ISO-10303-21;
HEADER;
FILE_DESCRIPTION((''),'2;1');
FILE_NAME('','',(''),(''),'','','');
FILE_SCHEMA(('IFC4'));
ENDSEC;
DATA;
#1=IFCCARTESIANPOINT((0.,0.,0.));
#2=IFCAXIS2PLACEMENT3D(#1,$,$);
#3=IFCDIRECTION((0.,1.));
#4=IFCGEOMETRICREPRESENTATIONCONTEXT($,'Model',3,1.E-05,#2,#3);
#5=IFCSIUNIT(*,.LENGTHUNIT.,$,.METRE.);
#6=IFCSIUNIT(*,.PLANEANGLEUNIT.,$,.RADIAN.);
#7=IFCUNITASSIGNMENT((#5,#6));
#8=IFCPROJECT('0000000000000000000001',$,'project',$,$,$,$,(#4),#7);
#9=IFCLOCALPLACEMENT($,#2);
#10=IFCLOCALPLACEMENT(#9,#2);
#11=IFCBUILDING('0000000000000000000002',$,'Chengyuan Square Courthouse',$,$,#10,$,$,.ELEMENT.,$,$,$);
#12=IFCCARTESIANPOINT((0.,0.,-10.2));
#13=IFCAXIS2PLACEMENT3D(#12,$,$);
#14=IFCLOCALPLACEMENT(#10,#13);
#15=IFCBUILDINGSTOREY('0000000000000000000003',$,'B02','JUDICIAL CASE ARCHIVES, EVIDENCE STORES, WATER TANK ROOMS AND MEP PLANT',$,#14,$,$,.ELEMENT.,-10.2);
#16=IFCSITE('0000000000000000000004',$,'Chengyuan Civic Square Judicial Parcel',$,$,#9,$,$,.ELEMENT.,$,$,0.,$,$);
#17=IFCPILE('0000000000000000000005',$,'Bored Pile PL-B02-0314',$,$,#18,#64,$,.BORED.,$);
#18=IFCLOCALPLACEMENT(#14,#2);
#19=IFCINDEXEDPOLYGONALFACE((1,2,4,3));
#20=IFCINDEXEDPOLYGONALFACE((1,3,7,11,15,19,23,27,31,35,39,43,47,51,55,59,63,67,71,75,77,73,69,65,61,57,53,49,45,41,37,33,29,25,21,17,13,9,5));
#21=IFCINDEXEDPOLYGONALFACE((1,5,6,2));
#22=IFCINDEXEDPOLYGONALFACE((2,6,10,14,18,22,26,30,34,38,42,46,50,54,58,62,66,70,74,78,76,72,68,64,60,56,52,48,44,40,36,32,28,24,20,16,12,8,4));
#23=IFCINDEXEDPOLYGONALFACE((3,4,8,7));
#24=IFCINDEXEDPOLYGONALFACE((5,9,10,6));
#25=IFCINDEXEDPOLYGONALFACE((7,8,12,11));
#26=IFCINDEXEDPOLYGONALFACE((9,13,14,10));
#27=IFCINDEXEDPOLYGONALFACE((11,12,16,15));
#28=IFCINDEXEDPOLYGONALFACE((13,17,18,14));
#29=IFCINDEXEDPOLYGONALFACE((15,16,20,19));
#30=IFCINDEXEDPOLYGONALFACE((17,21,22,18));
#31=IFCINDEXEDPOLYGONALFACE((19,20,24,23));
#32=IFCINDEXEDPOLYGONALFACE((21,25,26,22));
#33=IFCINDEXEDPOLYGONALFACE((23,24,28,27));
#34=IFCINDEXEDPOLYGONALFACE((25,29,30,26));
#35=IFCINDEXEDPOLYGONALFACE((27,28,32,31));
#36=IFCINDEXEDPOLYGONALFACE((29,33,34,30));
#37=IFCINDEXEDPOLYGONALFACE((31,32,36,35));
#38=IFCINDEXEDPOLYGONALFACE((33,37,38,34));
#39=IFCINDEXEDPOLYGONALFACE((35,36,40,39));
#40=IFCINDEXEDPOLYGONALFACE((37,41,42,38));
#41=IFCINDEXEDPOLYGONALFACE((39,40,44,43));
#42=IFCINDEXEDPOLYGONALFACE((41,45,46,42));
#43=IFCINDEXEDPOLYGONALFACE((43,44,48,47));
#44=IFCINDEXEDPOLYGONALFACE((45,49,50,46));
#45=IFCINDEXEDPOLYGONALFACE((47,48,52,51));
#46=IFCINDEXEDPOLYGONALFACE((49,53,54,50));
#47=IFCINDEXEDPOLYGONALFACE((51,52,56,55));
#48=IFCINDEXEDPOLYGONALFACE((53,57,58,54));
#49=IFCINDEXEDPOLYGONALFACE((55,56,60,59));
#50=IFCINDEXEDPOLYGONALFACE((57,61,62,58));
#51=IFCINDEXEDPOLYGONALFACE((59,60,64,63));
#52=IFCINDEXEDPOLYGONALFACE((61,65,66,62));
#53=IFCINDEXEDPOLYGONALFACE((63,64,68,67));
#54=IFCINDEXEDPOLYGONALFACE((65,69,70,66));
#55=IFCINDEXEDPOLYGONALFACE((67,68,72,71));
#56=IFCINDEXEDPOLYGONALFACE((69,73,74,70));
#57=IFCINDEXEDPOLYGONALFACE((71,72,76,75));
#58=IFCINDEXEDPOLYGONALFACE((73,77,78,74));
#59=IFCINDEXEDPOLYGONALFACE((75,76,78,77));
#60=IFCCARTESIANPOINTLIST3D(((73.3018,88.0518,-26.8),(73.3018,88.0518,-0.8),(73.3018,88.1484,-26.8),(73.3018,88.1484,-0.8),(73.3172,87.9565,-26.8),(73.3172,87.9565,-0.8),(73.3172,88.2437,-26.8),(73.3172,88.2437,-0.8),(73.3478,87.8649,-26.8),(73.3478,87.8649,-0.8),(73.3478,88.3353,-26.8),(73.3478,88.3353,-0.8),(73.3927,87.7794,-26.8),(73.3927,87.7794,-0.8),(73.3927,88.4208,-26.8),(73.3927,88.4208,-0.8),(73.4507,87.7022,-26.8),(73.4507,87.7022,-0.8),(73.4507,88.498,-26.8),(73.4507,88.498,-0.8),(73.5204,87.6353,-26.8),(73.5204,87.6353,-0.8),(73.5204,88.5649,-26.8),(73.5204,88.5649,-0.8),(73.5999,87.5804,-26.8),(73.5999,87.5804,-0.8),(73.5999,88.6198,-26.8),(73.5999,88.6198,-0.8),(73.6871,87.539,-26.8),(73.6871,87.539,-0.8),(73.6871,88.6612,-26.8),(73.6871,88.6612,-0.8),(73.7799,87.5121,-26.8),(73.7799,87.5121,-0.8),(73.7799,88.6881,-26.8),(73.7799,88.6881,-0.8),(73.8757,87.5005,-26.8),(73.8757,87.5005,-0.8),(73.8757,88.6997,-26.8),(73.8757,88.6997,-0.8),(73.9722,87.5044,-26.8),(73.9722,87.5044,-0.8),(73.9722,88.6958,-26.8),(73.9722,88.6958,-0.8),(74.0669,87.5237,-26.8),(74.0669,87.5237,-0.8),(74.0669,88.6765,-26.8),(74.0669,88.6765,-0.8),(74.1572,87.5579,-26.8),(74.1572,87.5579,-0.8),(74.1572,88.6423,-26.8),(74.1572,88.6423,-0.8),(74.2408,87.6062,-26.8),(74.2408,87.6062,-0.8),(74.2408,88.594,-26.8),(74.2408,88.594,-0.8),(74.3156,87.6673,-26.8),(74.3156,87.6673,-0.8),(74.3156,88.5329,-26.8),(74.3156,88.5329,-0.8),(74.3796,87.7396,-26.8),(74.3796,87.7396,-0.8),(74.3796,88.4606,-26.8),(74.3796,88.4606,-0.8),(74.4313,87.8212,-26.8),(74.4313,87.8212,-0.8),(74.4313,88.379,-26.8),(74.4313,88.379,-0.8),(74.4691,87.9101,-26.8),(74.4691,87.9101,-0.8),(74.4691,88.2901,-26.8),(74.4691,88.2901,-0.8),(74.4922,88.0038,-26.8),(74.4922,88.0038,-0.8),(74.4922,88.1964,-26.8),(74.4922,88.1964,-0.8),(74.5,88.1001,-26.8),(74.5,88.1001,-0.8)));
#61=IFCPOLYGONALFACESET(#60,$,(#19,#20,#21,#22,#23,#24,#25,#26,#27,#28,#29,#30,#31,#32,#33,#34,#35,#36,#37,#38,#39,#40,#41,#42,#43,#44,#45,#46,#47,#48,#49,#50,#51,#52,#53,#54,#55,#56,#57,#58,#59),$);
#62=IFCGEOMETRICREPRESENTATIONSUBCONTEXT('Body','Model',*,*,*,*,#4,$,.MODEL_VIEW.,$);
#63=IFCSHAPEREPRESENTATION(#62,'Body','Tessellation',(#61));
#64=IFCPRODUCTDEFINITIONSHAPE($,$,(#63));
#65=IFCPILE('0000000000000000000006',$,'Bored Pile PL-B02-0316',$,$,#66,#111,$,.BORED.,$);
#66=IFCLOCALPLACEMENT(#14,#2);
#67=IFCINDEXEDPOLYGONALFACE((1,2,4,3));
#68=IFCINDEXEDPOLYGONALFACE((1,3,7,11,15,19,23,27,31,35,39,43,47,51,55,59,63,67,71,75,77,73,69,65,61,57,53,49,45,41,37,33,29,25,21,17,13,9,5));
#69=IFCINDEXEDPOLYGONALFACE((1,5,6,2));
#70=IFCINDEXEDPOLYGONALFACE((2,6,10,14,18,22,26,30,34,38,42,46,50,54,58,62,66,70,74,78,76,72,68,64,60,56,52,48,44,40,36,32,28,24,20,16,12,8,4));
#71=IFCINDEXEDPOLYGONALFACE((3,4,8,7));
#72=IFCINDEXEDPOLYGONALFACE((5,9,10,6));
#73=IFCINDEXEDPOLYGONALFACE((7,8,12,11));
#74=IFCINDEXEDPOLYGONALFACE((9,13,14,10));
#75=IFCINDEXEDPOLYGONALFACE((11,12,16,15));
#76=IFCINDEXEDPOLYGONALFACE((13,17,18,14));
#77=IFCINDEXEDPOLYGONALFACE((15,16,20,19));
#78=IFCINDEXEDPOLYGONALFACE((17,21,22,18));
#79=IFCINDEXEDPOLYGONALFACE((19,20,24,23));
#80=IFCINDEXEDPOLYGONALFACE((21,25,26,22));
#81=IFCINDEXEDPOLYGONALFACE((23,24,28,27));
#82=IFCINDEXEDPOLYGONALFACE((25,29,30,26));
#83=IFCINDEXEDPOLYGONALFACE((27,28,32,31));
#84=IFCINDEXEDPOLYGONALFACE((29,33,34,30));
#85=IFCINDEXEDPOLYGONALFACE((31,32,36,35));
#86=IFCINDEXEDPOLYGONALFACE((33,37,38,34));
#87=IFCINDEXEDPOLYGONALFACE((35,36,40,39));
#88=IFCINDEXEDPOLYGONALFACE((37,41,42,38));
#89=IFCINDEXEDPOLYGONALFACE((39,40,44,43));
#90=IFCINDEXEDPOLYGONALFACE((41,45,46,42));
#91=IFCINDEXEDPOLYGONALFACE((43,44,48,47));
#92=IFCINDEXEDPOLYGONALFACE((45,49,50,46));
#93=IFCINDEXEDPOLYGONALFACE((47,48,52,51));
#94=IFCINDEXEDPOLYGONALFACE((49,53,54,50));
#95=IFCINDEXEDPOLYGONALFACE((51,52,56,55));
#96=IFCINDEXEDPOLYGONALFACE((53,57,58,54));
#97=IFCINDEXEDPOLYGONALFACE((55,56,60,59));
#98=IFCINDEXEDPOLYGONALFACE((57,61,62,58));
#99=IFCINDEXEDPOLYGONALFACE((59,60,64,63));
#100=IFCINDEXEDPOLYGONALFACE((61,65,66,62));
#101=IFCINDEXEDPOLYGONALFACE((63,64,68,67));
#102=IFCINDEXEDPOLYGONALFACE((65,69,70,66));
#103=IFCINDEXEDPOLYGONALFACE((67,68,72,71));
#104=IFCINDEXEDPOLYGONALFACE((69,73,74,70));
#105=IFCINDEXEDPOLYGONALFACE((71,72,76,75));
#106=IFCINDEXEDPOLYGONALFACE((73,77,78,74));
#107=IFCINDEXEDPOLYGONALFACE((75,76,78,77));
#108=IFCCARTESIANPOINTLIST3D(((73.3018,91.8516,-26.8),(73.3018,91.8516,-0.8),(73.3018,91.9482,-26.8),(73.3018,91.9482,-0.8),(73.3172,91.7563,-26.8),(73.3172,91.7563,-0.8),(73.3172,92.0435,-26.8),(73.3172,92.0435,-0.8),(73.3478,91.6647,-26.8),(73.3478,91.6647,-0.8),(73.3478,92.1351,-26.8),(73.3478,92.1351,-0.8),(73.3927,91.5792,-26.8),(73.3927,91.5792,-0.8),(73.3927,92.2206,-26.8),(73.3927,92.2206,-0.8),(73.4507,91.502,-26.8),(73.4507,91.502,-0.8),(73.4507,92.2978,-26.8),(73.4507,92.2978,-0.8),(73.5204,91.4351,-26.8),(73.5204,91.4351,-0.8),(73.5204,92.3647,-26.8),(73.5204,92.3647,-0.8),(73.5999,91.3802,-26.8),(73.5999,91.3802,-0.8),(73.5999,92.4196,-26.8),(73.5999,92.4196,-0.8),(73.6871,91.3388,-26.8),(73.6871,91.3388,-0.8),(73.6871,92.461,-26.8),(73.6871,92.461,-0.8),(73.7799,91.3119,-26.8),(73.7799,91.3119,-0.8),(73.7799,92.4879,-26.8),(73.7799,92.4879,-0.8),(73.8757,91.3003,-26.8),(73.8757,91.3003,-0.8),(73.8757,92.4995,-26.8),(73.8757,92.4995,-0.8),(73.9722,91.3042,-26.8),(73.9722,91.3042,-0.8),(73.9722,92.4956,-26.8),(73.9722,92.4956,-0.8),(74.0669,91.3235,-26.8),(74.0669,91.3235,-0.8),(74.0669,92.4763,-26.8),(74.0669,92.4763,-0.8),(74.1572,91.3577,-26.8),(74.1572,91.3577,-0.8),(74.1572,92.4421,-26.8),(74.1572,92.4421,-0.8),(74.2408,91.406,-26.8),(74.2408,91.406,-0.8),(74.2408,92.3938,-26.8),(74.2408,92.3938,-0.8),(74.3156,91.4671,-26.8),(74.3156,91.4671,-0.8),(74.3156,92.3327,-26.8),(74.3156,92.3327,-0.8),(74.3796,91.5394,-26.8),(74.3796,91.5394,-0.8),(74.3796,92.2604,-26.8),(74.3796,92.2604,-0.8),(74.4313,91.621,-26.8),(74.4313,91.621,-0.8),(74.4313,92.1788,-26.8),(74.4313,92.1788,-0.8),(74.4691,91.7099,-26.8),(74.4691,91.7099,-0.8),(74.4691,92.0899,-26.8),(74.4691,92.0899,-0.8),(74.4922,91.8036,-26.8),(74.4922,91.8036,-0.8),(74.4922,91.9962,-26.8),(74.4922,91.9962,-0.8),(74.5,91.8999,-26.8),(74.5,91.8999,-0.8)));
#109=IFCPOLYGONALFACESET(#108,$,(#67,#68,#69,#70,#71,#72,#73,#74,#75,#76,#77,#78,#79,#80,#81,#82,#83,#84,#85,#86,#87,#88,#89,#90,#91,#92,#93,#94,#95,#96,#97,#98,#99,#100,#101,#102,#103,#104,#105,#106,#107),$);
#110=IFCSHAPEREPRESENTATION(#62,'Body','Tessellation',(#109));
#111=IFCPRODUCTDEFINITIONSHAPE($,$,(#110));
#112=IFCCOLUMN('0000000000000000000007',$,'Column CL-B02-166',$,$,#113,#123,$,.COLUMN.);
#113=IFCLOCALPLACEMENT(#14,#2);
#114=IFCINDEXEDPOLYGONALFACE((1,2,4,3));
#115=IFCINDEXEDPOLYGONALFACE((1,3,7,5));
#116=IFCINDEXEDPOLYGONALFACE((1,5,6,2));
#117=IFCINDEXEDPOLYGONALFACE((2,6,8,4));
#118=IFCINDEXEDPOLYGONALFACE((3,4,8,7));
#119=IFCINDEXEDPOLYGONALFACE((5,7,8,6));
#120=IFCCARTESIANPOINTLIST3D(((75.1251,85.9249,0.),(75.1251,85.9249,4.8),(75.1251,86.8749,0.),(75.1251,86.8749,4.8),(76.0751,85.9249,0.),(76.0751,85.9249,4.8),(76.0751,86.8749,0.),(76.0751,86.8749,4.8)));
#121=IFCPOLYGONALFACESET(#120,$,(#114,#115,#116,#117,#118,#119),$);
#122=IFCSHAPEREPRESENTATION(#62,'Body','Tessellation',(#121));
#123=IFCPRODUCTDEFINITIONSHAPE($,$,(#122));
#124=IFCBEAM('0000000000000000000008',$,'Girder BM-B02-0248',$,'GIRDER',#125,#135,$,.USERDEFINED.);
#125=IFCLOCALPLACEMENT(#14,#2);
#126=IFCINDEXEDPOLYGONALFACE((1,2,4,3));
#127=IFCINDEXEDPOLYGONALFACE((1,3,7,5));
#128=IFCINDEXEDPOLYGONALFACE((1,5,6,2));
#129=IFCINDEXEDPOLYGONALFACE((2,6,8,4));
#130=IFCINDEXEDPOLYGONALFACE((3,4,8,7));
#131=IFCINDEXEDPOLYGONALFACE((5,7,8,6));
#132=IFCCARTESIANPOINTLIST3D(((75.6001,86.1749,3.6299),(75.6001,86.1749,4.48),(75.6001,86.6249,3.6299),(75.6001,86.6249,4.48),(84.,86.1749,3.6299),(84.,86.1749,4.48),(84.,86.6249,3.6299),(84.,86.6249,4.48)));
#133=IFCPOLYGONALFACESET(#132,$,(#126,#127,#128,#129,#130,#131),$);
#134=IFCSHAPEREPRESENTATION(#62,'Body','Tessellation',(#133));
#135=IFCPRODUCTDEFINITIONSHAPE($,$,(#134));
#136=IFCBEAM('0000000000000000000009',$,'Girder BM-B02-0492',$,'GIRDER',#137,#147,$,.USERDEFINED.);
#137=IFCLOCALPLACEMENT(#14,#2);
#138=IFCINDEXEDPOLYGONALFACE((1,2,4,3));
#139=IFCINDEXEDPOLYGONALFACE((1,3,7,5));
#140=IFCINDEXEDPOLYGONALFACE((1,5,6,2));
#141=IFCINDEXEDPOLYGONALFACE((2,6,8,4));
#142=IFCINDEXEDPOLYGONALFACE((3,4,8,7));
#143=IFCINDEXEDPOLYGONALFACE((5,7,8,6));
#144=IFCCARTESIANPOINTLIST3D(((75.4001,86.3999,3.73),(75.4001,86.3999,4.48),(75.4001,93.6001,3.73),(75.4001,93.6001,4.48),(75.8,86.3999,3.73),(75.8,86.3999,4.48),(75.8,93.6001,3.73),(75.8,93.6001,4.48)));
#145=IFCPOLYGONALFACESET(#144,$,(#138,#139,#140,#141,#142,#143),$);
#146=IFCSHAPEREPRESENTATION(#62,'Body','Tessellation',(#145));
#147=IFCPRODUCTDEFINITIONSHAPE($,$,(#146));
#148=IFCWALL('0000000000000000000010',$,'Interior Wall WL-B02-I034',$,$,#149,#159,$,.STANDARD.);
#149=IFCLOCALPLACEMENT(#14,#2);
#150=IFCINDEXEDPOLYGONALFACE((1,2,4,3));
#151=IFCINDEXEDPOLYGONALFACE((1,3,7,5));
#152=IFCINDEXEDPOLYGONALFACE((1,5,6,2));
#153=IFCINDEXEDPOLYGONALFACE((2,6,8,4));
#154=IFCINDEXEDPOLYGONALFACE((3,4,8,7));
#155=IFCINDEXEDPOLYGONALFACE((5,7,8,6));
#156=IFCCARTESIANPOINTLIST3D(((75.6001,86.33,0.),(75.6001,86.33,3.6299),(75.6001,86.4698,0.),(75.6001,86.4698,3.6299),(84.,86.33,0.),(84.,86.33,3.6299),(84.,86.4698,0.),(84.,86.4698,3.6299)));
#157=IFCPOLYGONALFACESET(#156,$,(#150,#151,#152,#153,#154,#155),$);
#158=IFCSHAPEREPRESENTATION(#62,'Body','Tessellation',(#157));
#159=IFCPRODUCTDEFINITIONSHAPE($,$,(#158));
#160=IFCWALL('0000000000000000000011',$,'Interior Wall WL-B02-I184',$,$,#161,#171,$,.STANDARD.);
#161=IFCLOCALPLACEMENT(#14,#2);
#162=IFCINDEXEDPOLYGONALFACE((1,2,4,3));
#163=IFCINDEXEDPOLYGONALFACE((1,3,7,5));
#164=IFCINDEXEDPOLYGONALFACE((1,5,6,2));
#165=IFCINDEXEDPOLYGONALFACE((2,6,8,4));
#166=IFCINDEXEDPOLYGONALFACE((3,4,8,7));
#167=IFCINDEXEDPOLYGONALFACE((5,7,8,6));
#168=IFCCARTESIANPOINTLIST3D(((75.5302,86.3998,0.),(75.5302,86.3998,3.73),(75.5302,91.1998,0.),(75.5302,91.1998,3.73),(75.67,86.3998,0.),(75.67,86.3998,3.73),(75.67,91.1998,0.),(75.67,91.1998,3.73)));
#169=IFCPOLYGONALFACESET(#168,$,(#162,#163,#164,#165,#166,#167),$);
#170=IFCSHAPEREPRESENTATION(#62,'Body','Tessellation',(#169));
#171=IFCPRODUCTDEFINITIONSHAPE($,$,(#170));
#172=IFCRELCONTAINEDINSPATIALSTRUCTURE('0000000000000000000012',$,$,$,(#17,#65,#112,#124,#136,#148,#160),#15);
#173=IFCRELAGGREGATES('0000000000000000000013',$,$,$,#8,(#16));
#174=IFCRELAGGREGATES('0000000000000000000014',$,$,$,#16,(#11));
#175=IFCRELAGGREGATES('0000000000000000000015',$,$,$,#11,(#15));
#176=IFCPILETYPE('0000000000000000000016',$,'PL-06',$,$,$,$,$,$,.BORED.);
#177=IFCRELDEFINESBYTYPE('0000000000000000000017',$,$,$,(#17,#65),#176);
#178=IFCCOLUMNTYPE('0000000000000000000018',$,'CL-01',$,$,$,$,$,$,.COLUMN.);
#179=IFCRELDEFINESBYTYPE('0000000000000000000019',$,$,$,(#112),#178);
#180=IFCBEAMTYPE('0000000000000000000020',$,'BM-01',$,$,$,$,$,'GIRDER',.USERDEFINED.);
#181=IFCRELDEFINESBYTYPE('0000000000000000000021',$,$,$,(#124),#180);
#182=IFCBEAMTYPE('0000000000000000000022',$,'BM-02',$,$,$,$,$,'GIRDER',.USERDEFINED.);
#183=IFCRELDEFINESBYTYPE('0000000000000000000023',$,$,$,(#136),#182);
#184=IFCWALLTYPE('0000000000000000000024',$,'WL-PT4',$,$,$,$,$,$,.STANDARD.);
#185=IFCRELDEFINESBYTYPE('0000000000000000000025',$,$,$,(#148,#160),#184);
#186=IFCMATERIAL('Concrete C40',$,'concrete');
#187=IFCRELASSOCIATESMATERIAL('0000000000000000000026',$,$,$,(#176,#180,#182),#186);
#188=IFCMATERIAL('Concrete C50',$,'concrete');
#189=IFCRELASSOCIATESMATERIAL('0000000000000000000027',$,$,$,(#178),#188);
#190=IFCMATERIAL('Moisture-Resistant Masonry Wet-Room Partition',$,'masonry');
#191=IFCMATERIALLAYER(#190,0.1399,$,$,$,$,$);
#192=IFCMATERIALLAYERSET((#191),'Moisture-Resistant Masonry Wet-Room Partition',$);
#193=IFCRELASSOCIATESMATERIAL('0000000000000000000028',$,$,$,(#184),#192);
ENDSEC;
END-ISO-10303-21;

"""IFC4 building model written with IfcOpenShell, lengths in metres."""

from ifc_helpers import new_model, si_unit, direction, frame, frame_2d, origin, origin_2d, place, context, subcontext, project, spatial, rectangle, circle, extrude, material, layer, layer_set, material_profile, profile_set, type_object, element, save


model = new_model("IFC4")

# Units and contexts
model_context = context("Model", 3, precision=1e-05, world=origin(), true_north=direction((0.0, 1.0)))
body_context = subcontext(model_context, "Body", "Model", "MODEL_VIEW")
ifc_project = project(units=[si_unit("LENGTHUNIT", "METRE"), si_unit("PLANEANGLEUNIT", "RADIAN")], contexts=[model_context])

# Site, building, storey
site_placement = place(None, origin())
site = spatial("IfcSite", under=ifc_project, at=site_placement, Name="Chengyuan Civic Square Judicial Parcel", CompositionType="ELEMENT", RefElevation=0.0)
building_placement = place(site_placement, origin())
building = spatial("IfcBuilding", under=site, at=building_placement, Name="Chengyuan Square Courthouse", CompositionType="ELEMENT")
storey_placement = place(building_placement, frame((0.0, 0.0, -10.2)))
storey = spatial("IfcBuildingStorey", under=building, at=storey_placement, Name="B02", Description="JUDICIAL CASE ARCHIVES, EVIDENCE STORES, WATER TANK ROOMS AND MEP PLANT", CompositionType="ELEMENT", Elevation=-10.2)

# Shared definitions
ifc_material_1 = material(Name="Concrete C40", Category="concrete")

# Piles
ifc_material_profile_1 = material_profile(ifc_material_1, circle(Radius=0.6001, at=origin_2d()), Name="BORED PILE D1200")
ifc_profile_set_1 = profile_set([ifc_material_profile_1], Name="Concrete C40")
pile_type = type_object("IfcPileType", Name="PL-06", PredefinedType="BORED", material=ifc_profile_set_1)
for number, where, z_axis, x_axis, name in (
    (1, (73.8999, 88.1001, -0.8), (0.0, 0.0, -1.0), (1.0, 0.0, 0.0), "Bored Pile PL-B02-0314"),
    (2, (73.8999, 91.8999, -0.8), (0.0, 0.0, -1.0), (1.0, 0.0, 0.0), "Bored Pile PL-B02-0316"),
):
    element("IfcPile", number, at=place(storey_placement, frame(where, z_axis=z_axis, x_axis=x_axis)), inside=storey, type_object=pile_type, Name=name, PredefinedType="BORED", context=body_context, shape_type="SweptSolid", body=[
        extrude(circle(Radius=0.6001, at=origin_2d()), origin(), (0.0, 0.0, 1.0), 26.0),
    ])

# Column
ifc_material_2 = material(Name="Concrete C50", Category="concrete")
ifc_material_profile_2 = material_profile(ifc_material_2, rectangle(XDim=0.95, YDim=0.95, at=origin_2d()), Name="RC-COL-950x950")
ifc_profile_set_2 = profile_set([ifc_material_profile_2], Name="Concrete C50")
column_type = type_object("IfcColumnType", Name="CL-01", PredefinedType="COLUMN", material=ifc_profile_set_2)
column_placement = place(storey_placement, frame((75.6001, 86.3999, 0.0), z_axis=(0.0, 0.0, 1.0), x_axis=(1.0, 0.0, 0.0)))
element("IfcColumn", 3, at=column_placement, inside=storey, type_object=column_type, Name="Column CL-B02-166", PredefinedType="COLUMN", context=body_context, shape_type="SweptSolid", body=[
    extrude(rectangle(XDim=0.95, YDim=0.95, at=origin_2d()), origin(), (0.0, 0.0, 1.0), 4.8),
])

# Beams
ifc_material_profile_3 = material_profile(ifc_material_1, rectangle(XDim=0.45, YDim=0.8501, at=origin_2d()), Name="RC-BM-450x850")
ifc_profile_set_3 = profile_set([ifc_material_profile_3], Name="Concrete C40")
beam_type_1 = type_object("IfcBeamType", Name="BM-01", ElementType="GIRDER", PredefinedType="USERDEFINED", material=ifc_profile_set_3)
beam_1_placement = place(storey_placement, frame((75.6001, 86.3999, 4.0549), z_axis=(1.0, 0.0, 0.0), x_axis=(0.0, 1.0, 0.0)))
element("IfcBeam", 4, at=beam_1_placement, inside=storey, type_object=beam_type_1, Name="Girder BM-B02-0248", ObjectType="GIRDER", PredefinedType="USERDEFINED", context=body_context, shape_type="SweptSolid", body=[
    extrude(rectangle(XDim=0.45, YDim=0.8501, at=origin_2d()), origin(), (0.0, 0.0, 1.0), 8.3999),
])
ifc_material_profile_4 = material_profile(ifc_material_1, rectangle(XDim=0.3999, YDim=0.75, at=origin_2d()), Name="RC-BM-400x750")
ifc_profile_set_4 = profile_set([ifc_material_profile_4], Name="Concrete C40")
beam_type_2 = type_object("IfcBeamType", Name="BM-02", ElementType="GIRDER", PredefinedType="USERDEFINED", material=ifc_profile_set_4)
beam_2_placement = place(storey_placement, frame((75.6001, 86.3999, 4.105), z_axis=(0.0, 1.0, 0.0), x_axis=(-1.0, 0.0, 0.0)))
element("IfcBeam", 5, at=beam_2_placement, inside=storey, type_object=beam_type_2, Name="Girder BM-B02-0492", ObjectType="GIRDER", PredefinedType="USERDEFINED", context=body_context, shape_type="SweptSolid", body=[
    extrude(rectangle(XDim=0.3999, YDim=0.75, at=origin_2d()), origin(), (0.0, 0.0, 1.0), 7.2002),
])

# Walls
ifc_material_3 = material(Name="Moisture-Resistant Masonry Wet-Room Partition", Category="masonry")
ifc_layer = layer(ifc_material_3, 0.1399)
ifc_layer_set = layer_set([ifc_layer], Name="Moisture-Resistant Masonry Wet-Room Partition")
wall_type = type_object("IfcWallType", Name="WL-PT4", PredefinedType="STANDARD", material=ifc_layer_set)
wall_1_placement = place(storey_placement, frame((75.6001, 86.3999, 0.0), z_axis=(0.0, 0.0, 1.0), x_axis=(1.0, 0.0, 0.0)))
element("IfcWall", 6, at=wall_1_placement, inside=storey, type_object=wall_type, Name="Interior Wall WL-B02-I034", PredefinedType="STANDARD", context=body_context, shape_type="SweptSolid", body=[
    extrude(rectangle(XDim=8.3999, YDim=0.1399, at=frame_2d((4.2, 0.0))), origin(), (0.0, 0.0, 1.0), 3.6299),
])
wall_2_placement = place(storey_placement, frame((75.6001, 86.3999, 0.0), z_axis=(0.0, 0.0, 1.0), x_axis=(0.0, 1.0, 0.0)))
element("IfcWall", 7, at=wall_2_placement, inside=storey, type_object=wall_type, Name="Interior Wall WL-B02-I184", PredefinedType="STANDARD", context=body_context, shape_type="SweptSolid", body=[
    extrude(rectangle(XDim=4.8, YDim=0.1399, at=frame_2d((2.3999, 0.0))), origin(), (0.0, 0.0, 1.0), 3.73),
])

save(model, "model.ifc")
